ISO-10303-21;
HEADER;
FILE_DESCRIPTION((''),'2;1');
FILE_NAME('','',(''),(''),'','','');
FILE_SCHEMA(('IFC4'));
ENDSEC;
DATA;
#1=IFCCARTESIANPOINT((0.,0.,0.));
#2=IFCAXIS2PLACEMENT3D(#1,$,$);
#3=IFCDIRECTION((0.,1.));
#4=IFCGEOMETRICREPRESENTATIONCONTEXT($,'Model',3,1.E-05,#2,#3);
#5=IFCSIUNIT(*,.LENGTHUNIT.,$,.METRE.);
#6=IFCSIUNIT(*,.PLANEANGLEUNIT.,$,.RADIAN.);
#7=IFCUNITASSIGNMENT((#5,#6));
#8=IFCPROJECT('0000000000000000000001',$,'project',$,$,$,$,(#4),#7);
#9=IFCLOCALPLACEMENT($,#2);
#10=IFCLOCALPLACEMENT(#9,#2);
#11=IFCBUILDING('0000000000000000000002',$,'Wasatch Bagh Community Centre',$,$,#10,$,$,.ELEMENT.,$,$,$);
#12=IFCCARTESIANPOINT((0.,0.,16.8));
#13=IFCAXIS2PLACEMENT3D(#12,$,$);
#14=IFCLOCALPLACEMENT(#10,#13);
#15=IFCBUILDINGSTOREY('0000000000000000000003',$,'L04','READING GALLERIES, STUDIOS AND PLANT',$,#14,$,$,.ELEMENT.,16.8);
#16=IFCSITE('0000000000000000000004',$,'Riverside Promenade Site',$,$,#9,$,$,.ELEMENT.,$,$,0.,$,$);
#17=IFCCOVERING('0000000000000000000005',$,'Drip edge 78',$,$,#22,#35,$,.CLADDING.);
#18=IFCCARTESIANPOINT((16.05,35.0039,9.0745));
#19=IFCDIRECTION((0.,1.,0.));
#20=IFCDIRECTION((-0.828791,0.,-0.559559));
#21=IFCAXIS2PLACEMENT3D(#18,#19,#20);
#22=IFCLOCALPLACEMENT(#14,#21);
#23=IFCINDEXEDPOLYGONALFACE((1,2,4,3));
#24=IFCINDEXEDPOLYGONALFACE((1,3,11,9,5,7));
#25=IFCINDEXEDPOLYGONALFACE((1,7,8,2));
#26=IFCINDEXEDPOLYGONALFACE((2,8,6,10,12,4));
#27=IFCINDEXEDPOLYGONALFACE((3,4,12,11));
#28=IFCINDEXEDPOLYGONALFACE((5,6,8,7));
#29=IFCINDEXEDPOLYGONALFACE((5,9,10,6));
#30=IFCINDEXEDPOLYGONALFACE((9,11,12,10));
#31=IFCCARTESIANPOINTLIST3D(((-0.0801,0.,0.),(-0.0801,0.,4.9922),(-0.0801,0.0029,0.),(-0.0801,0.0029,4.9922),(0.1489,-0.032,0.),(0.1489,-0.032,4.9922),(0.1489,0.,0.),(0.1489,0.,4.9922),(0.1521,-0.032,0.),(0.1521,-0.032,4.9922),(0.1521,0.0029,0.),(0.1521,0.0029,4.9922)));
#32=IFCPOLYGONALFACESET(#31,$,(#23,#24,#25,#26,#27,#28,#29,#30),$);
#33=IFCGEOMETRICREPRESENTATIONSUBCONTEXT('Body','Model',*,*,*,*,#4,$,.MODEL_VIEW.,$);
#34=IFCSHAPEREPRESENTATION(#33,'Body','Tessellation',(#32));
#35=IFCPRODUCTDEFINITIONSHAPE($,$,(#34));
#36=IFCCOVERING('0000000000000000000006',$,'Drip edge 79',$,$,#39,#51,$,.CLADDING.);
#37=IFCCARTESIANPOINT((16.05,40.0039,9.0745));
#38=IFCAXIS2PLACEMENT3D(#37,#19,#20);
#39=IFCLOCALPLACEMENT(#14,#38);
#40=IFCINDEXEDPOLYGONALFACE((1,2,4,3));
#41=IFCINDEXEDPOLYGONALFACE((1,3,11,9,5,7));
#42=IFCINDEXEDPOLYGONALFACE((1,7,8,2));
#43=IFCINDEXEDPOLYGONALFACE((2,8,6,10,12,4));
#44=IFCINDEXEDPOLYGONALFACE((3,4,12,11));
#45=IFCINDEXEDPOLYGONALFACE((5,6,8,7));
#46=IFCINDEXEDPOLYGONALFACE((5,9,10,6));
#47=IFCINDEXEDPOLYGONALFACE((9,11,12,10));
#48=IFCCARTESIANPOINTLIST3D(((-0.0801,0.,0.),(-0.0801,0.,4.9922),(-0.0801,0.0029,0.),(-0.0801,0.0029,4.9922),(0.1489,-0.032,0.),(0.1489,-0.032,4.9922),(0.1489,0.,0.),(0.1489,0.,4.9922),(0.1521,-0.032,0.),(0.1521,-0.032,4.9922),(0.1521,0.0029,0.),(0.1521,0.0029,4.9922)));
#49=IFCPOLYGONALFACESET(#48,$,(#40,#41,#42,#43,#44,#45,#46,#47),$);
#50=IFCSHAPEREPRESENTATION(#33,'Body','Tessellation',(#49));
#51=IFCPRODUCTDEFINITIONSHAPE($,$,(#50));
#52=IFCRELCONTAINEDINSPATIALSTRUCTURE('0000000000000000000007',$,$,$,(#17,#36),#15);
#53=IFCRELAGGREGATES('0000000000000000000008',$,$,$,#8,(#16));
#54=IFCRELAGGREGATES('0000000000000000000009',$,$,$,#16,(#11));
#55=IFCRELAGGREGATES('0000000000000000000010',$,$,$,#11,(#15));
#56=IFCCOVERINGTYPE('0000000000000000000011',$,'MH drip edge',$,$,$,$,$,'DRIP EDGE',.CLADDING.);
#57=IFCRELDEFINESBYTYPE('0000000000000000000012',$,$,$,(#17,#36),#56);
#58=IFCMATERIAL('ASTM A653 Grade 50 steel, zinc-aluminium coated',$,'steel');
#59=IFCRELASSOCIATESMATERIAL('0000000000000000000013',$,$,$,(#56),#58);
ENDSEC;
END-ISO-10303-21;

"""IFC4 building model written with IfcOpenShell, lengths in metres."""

from ifc_helpers import new_model, si_unit, direction, frame, origin, place, context, subcontext, project, spatial, polyline, outline, extrude, material, material_profile, profile_set, type_object, element, save


model = new_model("IFC4")

# Units and contexts
model_context = context("Model", 3, precision=1e-05, world=origin(), true_north=direction((0.0, 1.0)))
body_context = subcontext(model_context, "Body", "Model", "MODEL_VIEW")
ifc_project = project(units=[si_unit("LENGTHUNIT", "METRE"), si_unit("PLANEANGLEUNIT", "RADIAN")], contexts=[model_context])

# Site, building, storey
site_placement = place(None, origin())
site = spatial("IfcSite", under=ifc_project, at=site_placement, Name="Riverside Promenade Site", CompositionType="ELEMENT", RefElevation=0.0)
building_placement = place(site_placement, origin())
building = spatial("IfcBuilding", under=site, at=building_placement, Name="Wasatch Bagh Community Centre", CompositionType="ELEMENT")
storey_placement = place(building_placement, frame((0.0, 0.0, 16.8)))
storey = spatial("IfcBuildingStorey", under=building, at=storey_placement, Name="L04", Description="READING GALLERIES, STUDIOS AND PLANT", CompositionType="ELEMENT", Elevation=16.8)

# Coverings
ifc_material_1 = material(Name="ASTM A653 Grade 50 steel, zinc-aluminium coated", Category="steel")
ifc_material_profile_1 = material_profile(ifc_material_1, outline(polyline([(-0.0801, 0.0029), (0.1521, 0.0029), (0.1521, -0.032), (0.1489, -0.032), (0.1489, 0.0), (-0.0801, 0.0), (-0.0801, 0.0029)])), Name="DRIP EDGE")
ifc_profile_set_1 = profile_set([ifc_material_profile_1], Name="ASTM A653 Grade 50 steel, zinc-aluminium coated")
covering_type_1 = type_object("IfcCoveringType", Name="MH drip edge", ElementType="DRIP EDGE", PredefinedType="CLADDING", material=ifc_profile_set_1)
for number, where, z_axis, x_axis, name in (
    (1, (16.05, 35.0039, 9.0745), (0.0, 1.0, 0.0), (-0.828791, 0.0, -0.559559), "Drip edge 78"),
    (2, (16.05, 40.0039, 9.0745), (0.0, 1.0, 0.0), (-0.828791, 0.0, -0.559559), "Drip edge 79"),
):
    element("IfcCovering", number, at=place(storey_placement, frame(where, z_axis=z_axis, x_axis=x_axis)), inside=storey, type_object=covering_type_1, Name=name, PredefinedType="CLADDING", context=body_context, shape_type="SweptSolid", body=[
        extrude(outline(polyline([(-0.0801, 0.0029), (0.1521, 0.0029), (0.1521, -0.032), (0.1489, -0.032), (0.1489, 0.0), (-0.0801, 0.0), (-0.0801, 0.0029)])), origin(), (0.0, 0.0, 1.0), 4.9922),
    ])

save(model, "model.ifc")
